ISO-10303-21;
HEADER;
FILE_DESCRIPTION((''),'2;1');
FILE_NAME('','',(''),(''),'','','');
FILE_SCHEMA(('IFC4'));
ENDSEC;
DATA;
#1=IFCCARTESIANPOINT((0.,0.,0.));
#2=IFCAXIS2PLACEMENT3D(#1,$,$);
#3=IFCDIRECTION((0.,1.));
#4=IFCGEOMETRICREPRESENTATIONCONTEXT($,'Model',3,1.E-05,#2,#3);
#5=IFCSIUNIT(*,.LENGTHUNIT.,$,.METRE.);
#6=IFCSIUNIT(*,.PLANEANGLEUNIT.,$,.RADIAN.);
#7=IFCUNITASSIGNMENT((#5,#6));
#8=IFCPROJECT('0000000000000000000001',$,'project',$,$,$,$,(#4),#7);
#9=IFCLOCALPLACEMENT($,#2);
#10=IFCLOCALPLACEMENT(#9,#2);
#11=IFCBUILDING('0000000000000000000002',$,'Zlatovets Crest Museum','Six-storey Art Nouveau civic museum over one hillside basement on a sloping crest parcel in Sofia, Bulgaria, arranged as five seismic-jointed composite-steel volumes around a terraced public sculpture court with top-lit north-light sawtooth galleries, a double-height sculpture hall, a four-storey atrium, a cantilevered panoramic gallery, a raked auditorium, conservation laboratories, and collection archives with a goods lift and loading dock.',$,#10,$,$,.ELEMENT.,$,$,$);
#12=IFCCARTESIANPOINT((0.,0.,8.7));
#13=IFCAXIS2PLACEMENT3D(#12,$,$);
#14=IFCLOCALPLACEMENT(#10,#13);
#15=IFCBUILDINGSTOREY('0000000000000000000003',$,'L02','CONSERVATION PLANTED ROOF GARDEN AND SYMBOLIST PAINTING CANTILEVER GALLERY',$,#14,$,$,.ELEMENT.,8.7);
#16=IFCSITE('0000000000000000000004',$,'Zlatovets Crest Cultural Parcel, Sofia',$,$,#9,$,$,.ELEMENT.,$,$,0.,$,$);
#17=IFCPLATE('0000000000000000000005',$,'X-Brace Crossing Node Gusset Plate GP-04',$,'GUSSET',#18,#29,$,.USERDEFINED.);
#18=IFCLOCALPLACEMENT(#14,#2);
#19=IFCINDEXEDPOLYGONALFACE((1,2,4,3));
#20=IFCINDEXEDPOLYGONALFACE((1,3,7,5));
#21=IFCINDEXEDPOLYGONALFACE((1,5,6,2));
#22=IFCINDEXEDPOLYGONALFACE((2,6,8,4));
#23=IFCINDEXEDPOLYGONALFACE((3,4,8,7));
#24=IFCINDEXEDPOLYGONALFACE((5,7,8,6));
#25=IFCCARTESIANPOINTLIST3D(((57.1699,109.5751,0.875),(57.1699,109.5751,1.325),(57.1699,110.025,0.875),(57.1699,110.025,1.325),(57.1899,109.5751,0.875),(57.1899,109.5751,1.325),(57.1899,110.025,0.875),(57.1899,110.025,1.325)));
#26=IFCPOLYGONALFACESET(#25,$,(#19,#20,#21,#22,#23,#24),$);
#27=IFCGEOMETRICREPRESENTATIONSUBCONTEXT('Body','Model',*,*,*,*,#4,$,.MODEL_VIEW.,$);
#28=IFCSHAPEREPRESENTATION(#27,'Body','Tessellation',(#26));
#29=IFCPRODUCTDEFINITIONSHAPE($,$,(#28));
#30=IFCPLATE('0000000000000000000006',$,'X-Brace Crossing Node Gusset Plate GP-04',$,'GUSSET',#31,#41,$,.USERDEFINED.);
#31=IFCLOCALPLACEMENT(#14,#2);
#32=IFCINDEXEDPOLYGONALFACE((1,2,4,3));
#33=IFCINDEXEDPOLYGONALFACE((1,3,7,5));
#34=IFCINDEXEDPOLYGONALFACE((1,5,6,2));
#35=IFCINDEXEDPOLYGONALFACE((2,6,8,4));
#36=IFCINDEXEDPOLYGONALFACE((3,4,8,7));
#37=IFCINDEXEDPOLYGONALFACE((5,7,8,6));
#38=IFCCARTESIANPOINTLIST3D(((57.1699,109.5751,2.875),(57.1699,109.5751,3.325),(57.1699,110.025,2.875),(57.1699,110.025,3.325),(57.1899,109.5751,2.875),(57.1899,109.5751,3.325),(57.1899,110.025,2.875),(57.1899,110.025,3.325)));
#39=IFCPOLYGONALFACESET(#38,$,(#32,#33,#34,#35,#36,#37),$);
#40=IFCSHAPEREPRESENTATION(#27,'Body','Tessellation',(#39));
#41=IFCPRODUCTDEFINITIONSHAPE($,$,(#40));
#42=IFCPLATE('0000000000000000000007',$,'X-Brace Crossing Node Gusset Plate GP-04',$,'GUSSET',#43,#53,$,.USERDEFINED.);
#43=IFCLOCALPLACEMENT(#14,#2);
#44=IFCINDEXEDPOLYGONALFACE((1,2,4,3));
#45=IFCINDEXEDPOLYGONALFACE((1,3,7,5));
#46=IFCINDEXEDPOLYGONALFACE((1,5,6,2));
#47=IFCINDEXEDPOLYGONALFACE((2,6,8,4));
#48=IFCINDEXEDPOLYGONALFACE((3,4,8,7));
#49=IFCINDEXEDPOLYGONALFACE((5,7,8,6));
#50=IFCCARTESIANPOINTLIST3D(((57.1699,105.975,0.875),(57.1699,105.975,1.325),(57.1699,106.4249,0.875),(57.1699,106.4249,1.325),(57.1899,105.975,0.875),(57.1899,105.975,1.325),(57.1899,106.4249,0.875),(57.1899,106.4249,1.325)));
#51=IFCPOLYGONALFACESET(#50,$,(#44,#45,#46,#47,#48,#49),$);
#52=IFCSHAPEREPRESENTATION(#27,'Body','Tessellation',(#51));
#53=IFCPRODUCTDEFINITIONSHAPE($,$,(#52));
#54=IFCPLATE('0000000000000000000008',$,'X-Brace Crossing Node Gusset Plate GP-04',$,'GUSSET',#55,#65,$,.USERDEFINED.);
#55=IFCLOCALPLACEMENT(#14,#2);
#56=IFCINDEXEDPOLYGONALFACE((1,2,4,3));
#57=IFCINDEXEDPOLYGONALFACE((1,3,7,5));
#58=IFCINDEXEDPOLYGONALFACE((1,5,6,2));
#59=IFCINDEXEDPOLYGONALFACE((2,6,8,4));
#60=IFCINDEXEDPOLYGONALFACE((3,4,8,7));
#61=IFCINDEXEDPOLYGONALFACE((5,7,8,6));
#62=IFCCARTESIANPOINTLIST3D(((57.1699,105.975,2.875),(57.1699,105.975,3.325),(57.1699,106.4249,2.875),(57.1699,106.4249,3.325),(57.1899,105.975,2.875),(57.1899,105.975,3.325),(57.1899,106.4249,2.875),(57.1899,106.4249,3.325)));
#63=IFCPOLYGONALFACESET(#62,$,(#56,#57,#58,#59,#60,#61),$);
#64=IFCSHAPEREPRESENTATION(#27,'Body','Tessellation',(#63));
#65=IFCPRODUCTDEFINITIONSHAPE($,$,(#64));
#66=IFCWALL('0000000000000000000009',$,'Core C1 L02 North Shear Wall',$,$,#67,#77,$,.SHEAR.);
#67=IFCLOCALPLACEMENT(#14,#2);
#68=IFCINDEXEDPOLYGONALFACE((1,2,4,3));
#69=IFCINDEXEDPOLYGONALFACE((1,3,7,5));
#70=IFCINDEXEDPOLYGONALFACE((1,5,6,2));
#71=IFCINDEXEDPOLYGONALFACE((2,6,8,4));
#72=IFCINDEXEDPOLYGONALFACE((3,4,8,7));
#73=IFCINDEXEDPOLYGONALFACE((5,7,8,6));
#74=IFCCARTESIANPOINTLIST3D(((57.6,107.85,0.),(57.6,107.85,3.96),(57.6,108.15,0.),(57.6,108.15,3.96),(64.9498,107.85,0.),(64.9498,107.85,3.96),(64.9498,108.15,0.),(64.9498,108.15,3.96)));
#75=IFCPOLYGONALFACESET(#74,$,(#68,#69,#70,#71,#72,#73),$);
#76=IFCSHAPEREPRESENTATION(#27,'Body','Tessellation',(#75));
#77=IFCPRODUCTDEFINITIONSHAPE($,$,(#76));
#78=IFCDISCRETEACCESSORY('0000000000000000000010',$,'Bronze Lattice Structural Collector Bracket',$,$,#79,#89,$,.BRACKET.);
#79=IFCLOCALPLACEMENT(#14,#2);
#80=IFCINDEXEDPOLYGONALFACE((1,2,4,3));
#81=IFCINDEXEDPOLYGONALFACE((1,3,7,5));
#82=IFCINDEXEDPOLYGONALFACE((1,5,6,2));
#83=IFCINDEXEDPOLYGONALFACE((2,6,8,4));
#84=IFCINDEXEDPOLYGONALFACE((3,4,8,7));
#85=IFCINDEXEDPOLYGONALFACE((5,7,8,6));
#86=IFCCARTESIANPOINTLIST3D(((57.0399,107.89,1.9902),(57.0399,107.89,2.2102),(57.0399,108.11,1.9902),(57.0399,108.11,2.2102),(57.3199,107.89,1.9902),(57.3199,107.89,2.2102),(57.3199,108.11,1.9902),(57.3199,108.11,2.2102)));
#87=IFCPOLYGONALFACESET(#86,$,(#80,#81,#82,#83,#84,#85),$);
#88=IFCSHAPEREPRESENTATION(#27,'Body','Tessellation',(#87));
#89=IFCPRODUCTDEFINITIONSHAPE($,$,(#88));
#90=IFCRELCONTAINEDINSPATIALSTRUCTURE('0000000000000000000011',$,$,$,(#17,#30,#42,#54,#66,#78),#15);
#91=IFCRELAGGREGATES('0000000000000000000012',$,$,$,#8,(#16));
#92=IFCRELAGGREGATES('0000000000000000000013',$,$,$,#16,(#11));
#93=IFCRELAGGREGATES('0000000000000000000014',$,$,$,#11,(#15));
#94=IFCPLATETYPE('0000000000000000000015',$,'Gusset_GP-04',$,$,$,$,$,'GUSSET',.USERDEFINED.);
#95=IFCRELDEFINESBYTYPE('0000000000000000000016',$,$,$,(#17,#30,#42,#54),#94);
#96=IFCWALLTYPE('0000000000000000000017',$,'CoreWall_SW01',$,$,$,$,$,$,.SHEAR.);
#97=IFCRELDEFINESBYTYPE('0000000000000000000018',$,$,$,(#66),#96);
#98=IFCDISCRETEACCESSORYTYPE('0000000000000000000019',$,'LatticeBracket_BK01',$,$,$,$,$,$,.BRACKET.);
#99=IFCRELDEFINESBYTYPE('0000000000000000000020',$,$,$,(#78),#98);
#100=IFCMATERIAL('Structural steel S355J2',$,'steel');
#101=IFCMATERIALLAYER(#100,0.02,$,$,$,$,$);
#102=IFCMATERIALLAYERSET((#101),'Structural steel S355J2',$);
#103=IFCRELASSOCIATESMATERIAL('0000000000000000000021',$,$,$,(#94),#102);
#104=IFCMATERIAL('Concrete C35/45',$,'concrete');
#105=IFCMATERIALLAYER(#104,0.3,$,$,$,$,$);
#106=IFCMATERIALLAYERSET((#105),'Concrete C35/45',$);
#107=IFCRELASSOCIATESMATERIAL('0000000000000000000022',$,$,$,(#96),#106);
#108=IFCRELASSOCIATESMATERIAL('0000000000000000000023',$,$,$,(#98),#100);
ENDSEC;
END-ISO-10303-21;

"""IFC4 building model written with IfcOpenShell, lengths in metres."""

from ifc_helpers import new_model, si_unit, direction, frame, frame_2d, origin, origin_2d, place, context, subcontext, project, spatial, rectangle, extrude, material, layer, layer_set, type_object, element, save


model = new_model("IFC4")

# Units and contexts
model_context = context("Model", 3, precision=1e-05, world=origin(), true_north=direction((0.0, 1.0)))
body_context = subcontext(model_context, "Body", "Model", "MODEL_VIEW")
ifc_project = project(units=[si_unit("LENGTHUNIT", "METRE"), si_unit("PLANEANGLEUNIT", "RADIAN")], contexts=[model_context])

# Site, building, storey
site_placement = place(None, origin())
site = spatial("IfcSite", under=ifc_project, at=site_placement, Name="Zlatovets Crest Cultural Parcel, Sofia", CompositionType="ELEMENT", RefElevation=0.0)
building_placement = place(site_placement, origin())
building = spatial("IfcBuilding", under=site, at=building_placement, Name="Zlatovets Crest Museum", Description="Six-storey Art Nouveau civic museum over one hillside basement on a sloping crest parcel in Sofia, Bulgaria, arranged as five seismic-jointed composite-steel volumes around a terraced public sculpture court with top-lit north-light sawtooth galleries, a double-height sculpture hall, a four-storey atrium, a cantilevered panoramic gallery, a raked auditorium, conservation laboratories, and collection archives with a goods lift and loading dock.", CompositionType="ELEMENT")
storey_placement = place(building_placement, frame((0.0, 0.0, 8.7)))
storey = spatial("IfcBuildingStorey", under=building, at=storey_placement, Name="L02", Description="CONSERVATION PLANTED ROOF GARDEN AND SYMBOLIST PAINTING CANTILEVER GALLERY", CompositionType="ELEMENT", Elevation=8.7)

# Shared definitions
ifc_material_1 = material(Name="Structural steel S355J2", Category="steel")

# Plates
ifc_layer_1 = layer(ifc_material_1, 0.02)
ifc_layer_set_1 = layer_set([ifc_layer_1], Name="Structural steel S355J2")
plate_type_1 = type_object("IfcPlateType", Name="Gusset_GP-04", ElementType="GUSSET", PredefinedType="USERDEFINED", material=ifc_layer_set_1)
for number, where, z_axis, x_axis, name in (
    (1, (57.1799, 109.8, 0.875), (0.0, 0.0, 1.0), (1.0, 0.0, 0.0), "X-Brace Crossing Node Gusset Plate GP-04"),
    (2, (57.1799, 109.8, 2.875), (0.0, 0.0, 1.0), (1.0, 0.0, 0.0), "X-Brace Crossing Node Gusset Plate GP-04"),
    (3, (57.1799, 106.2, 0.875), (0.0, 0.0, 1.0), (1.0, 0.0, 0.0), "X-Brace Crossing Node Gusset Plate GP-04"),
    (4, (57.1799, 106.2, 2.875), (0.0, 0.0, 1.0), (1.0, 0.0, 0.0), "X-Brace Crossing Node Gusset Plate GP-04"),
):
    element("IfcPlate", number, at=place(storey_placement, frame(where, z_axis=z_axis, x_axis=x_axis)), inside=storey, type_object=plate_type_1, Name=name, ObjectType="GUSSET", PredefinedType="USERDEFINED", context=body_context, shape_type="SweptSolid", body=[
        extrude(rectangle(XDim=0.02, YDim=0.45, at=origin_2d()), origin(), (0.0, 0.0, 1.0), 0.45),
    ])

# Wall
ifc_material_2 = material(Name="Concrete C35/45", Category="concrete")
ifc_layer_2 = layer(ifc_material_2, 0.3)
ifc_layer_set_2 = layer_set([ifc_layer_2], Name="Concrete C35/45")
wall_type = type_object("IfcWallType", Name="CoreWall_SW01", PredefinedType="SHEAR", material=ifc_layer_set_2)
wall_placement = place(storey_placement, frame((57.6001, 108.0, 0.0), z_axis=(0.0, 0.0, 1.0), x_axis=(1.0, 0.0, 0.0)))
element("IfcWall", 5, at=wall_placement, inside=storey, type_object=wall_type, Name="Core C1 L02 North Shear Wall", PredefinedType="SHEAR", context=body_context, shape_type="SweptSolid", body=[
    extrude(rectangle(XDim=7.3499, YDim=0.3, at=frame_2d((3.6748, 0.0))), origin(), (0.0, 0.0, 1.0), 3.96),
])

# Discrete accessory
discrete_accessory_type = type_object("IfcDiscreteAccessoryType", Name="LatticeBracket_BK01", PredefinedType="BRACKET", material=ifc_material_1)
discrete_accessory_placement = place(storey_placement, frame((57.1799, 108.0, 1.9902), z_axis=(0.0, 0.0, 1.0), x_axis=(1.0, 0.0, 0.0)))
element("IfcDiscreteAccessory", 6, at=discrete_accessory_placement, inside=storey, type_object=discrete_accessory_type, Name="Bronze Lattice Structural Collector Bracket", PredefinedType="BRACKET", context=body_context, shape_type="SweptSolid", body=[
    extrude(rectangle(XDim=0.28, YDim=0.22, at=origin_2d()), origin(), (0.0, 0.0, 1.0), 0.22),
])

save(model, "model.ifc")
